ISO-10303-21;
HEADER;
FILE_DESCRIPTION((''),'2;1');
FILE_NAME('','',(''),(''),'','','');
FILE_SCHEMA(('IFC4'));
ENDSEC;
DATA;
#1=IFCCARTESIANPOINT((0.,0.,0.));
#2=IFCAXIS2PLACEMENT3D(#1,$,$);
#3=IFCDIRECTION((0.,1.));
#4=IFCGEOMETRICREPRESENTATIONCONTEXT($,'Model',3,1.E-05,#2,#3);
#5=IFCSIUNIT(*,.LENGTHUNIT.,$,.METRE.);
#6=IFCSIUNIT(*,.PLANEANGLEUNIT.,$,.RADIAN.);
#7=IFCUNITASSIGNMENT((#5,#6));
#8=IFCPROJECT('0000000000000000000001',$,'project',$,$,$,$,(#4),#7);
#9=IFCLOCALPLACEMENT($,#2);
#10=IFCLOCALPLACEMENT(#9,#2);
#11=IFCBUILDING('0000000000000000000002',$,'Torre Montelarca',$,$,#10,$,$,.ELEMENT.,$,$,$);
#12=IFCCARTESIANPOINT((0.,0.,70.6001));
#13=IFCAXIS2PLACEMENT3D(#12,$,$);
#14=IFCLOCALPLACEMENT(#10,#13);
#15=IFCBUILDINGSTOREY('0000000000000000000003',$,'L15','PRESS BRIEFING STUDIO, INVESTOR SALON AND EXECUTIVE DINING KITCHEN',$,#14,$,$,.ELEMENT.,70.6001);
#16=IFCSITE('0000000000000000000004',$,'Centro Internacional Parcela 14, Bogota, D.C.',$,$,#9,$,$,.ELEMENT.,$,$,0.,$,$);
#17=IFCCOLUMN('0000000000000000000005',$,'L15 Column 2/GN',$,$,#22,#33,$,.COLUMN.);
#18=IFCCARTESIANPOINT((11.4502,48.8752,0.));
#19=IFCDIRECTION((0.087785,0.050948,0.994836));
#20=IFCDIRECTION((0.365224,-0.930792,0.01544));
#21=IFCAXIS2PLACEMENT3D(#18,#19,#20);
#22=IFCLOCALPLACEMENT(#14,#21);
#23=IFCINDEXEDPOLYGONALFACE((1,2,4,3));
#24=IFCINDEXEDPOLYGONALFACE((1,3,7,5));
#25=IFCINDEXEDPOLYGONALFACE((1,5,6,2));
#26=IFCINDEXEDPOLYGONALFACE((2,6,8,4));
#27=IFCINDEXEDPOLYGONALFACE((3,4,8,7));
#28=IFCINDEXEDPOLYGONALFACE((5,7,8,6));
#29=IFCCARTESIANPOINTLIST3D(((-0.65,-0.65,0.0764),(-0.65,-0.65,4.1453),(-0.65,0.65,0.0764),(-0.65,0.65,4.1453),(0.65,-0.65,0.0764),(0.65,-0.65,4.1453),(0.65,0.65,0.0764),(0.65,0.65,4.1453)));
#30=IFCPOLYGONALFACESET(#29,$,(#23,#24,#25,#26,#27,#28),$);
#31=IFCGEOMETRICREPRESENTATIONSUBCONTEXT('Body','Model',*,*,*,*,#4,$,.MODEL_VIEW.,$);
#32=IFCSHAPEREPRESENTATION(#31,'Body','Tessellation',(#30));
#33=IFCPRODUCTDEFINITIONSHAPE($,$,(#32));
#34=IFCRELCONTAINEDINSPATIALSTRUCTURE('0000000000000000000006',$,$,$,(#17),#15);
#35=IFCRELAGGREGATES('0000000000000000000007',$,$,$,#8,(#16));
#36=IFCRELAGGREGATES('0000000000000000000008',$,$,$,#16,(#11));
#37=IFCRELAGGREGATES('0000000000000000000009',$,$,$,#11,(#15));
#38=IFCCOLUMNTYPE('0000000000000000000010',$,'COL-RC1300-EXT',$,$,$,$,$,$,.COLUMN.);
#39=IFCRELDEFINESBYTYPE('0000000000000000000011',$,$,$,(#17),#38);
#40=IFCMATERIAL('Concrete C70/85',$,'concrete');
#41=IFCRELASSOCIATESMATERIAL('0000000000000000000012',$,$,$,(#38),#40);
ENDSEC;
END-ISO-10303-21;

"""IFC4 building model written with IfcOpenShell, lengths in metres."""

from ifc_helpers import new_model, si_unit, direction, frame, origin, origin_2d, place, context, subcontext, project, spatial, rectangle, extrude, clip, halfspace, material, material_profile, profile_set, type_object, element, save


model = new_model("IFC4")

# Units and contexts
model_context = context("Model", 3, precision=1e-05, world=origin(), true_north=direction((0.0, 1.0)))
body_context = subcontext(model_context, "Body", "Model", "MODEL_VIEW")
ifc_project = project(units=[si_unit("LENGTHUNIT", "METRE"), si_unit("PLANEANGLEUNIT", "RADIAN")], contexts=[model_context])

# Site, building, storey
site_placement = place(None, origin())
site = spatial("IfcSite", under=ifc_project, at=site_placement, Name="Centro Internacional Parcela 14, Bogota, D.C.", CompositionType="ELEMENT", RefElevation=0.0)
building_placement = place(site_placement, origin())
building = spatial("IfcBuilding", under=site, at=building_placement, Name="Torre Montelarca", CompositionType="ELEMENT")
storey_placement = place(building_placement, frame((0.0, 0.0, 70.6001)))
storey = spatial("IfcBuildingStorey", under=building, at=storey_placement, Name="L15", Description="PRESS BRIEFING STUDIO, INVESTOR SALON AND EXECUTIVE DINING KITCHEN", CompositionType="ELEMENT", Elevation=70.6001)

# Column
ifc_material_1 = material(Name="Concrete C70/85", Category="concrete")
ifc_material_profile_1 = material_profile(ifc_material_1, rectangle(XDim=1.3, YDim=1.3, at=origin_2d()), Name="RC1300X1300", Category="concrete")
ifc_profile_set_1 = profile_set([ifc_material_profile_1], Name="Concrete C70/85")
column_type_1 = type_object("IfcColumnType", Name="COL-RC1300-EXT", PredefinedType="COLUMN", material=ifc_profile_set_1)
column_1_placement = place(storey_placement, frame((11.4502, 48.8752, 0.0), z_axis=(0.087785, 0.050948, 0.994836), x_axis=(0.365224, -0.930792, 0.01544)))
element("IfcColumn", 1, at=column_1_placement, inside=storey, type_object=column_type_1, Name="L15 Column 2/GN", PredefinedType="COLUMN", context=body_context, shape_type="Clipping", body=[
    clip(clip(extrude(rectangle(XDim=1.3, YDim=1.3, at=origin_2d()), origin(), (0.0, 0.0, 1.0), 4.2217), halfspace(frame((0.0, 0.0, 0.0764), z_axis=(0.0, 0.0, -1.0), x_axis=(1.0, 0.0, 0.0)), False)), halfspace(frame((0.0, 0.0, 4.1453), z_axis=(0.0, 0.0, 1.0), x_axis=(1.0, 0.0, 0.0)), False)),
])

save(model, "model.ifc")
